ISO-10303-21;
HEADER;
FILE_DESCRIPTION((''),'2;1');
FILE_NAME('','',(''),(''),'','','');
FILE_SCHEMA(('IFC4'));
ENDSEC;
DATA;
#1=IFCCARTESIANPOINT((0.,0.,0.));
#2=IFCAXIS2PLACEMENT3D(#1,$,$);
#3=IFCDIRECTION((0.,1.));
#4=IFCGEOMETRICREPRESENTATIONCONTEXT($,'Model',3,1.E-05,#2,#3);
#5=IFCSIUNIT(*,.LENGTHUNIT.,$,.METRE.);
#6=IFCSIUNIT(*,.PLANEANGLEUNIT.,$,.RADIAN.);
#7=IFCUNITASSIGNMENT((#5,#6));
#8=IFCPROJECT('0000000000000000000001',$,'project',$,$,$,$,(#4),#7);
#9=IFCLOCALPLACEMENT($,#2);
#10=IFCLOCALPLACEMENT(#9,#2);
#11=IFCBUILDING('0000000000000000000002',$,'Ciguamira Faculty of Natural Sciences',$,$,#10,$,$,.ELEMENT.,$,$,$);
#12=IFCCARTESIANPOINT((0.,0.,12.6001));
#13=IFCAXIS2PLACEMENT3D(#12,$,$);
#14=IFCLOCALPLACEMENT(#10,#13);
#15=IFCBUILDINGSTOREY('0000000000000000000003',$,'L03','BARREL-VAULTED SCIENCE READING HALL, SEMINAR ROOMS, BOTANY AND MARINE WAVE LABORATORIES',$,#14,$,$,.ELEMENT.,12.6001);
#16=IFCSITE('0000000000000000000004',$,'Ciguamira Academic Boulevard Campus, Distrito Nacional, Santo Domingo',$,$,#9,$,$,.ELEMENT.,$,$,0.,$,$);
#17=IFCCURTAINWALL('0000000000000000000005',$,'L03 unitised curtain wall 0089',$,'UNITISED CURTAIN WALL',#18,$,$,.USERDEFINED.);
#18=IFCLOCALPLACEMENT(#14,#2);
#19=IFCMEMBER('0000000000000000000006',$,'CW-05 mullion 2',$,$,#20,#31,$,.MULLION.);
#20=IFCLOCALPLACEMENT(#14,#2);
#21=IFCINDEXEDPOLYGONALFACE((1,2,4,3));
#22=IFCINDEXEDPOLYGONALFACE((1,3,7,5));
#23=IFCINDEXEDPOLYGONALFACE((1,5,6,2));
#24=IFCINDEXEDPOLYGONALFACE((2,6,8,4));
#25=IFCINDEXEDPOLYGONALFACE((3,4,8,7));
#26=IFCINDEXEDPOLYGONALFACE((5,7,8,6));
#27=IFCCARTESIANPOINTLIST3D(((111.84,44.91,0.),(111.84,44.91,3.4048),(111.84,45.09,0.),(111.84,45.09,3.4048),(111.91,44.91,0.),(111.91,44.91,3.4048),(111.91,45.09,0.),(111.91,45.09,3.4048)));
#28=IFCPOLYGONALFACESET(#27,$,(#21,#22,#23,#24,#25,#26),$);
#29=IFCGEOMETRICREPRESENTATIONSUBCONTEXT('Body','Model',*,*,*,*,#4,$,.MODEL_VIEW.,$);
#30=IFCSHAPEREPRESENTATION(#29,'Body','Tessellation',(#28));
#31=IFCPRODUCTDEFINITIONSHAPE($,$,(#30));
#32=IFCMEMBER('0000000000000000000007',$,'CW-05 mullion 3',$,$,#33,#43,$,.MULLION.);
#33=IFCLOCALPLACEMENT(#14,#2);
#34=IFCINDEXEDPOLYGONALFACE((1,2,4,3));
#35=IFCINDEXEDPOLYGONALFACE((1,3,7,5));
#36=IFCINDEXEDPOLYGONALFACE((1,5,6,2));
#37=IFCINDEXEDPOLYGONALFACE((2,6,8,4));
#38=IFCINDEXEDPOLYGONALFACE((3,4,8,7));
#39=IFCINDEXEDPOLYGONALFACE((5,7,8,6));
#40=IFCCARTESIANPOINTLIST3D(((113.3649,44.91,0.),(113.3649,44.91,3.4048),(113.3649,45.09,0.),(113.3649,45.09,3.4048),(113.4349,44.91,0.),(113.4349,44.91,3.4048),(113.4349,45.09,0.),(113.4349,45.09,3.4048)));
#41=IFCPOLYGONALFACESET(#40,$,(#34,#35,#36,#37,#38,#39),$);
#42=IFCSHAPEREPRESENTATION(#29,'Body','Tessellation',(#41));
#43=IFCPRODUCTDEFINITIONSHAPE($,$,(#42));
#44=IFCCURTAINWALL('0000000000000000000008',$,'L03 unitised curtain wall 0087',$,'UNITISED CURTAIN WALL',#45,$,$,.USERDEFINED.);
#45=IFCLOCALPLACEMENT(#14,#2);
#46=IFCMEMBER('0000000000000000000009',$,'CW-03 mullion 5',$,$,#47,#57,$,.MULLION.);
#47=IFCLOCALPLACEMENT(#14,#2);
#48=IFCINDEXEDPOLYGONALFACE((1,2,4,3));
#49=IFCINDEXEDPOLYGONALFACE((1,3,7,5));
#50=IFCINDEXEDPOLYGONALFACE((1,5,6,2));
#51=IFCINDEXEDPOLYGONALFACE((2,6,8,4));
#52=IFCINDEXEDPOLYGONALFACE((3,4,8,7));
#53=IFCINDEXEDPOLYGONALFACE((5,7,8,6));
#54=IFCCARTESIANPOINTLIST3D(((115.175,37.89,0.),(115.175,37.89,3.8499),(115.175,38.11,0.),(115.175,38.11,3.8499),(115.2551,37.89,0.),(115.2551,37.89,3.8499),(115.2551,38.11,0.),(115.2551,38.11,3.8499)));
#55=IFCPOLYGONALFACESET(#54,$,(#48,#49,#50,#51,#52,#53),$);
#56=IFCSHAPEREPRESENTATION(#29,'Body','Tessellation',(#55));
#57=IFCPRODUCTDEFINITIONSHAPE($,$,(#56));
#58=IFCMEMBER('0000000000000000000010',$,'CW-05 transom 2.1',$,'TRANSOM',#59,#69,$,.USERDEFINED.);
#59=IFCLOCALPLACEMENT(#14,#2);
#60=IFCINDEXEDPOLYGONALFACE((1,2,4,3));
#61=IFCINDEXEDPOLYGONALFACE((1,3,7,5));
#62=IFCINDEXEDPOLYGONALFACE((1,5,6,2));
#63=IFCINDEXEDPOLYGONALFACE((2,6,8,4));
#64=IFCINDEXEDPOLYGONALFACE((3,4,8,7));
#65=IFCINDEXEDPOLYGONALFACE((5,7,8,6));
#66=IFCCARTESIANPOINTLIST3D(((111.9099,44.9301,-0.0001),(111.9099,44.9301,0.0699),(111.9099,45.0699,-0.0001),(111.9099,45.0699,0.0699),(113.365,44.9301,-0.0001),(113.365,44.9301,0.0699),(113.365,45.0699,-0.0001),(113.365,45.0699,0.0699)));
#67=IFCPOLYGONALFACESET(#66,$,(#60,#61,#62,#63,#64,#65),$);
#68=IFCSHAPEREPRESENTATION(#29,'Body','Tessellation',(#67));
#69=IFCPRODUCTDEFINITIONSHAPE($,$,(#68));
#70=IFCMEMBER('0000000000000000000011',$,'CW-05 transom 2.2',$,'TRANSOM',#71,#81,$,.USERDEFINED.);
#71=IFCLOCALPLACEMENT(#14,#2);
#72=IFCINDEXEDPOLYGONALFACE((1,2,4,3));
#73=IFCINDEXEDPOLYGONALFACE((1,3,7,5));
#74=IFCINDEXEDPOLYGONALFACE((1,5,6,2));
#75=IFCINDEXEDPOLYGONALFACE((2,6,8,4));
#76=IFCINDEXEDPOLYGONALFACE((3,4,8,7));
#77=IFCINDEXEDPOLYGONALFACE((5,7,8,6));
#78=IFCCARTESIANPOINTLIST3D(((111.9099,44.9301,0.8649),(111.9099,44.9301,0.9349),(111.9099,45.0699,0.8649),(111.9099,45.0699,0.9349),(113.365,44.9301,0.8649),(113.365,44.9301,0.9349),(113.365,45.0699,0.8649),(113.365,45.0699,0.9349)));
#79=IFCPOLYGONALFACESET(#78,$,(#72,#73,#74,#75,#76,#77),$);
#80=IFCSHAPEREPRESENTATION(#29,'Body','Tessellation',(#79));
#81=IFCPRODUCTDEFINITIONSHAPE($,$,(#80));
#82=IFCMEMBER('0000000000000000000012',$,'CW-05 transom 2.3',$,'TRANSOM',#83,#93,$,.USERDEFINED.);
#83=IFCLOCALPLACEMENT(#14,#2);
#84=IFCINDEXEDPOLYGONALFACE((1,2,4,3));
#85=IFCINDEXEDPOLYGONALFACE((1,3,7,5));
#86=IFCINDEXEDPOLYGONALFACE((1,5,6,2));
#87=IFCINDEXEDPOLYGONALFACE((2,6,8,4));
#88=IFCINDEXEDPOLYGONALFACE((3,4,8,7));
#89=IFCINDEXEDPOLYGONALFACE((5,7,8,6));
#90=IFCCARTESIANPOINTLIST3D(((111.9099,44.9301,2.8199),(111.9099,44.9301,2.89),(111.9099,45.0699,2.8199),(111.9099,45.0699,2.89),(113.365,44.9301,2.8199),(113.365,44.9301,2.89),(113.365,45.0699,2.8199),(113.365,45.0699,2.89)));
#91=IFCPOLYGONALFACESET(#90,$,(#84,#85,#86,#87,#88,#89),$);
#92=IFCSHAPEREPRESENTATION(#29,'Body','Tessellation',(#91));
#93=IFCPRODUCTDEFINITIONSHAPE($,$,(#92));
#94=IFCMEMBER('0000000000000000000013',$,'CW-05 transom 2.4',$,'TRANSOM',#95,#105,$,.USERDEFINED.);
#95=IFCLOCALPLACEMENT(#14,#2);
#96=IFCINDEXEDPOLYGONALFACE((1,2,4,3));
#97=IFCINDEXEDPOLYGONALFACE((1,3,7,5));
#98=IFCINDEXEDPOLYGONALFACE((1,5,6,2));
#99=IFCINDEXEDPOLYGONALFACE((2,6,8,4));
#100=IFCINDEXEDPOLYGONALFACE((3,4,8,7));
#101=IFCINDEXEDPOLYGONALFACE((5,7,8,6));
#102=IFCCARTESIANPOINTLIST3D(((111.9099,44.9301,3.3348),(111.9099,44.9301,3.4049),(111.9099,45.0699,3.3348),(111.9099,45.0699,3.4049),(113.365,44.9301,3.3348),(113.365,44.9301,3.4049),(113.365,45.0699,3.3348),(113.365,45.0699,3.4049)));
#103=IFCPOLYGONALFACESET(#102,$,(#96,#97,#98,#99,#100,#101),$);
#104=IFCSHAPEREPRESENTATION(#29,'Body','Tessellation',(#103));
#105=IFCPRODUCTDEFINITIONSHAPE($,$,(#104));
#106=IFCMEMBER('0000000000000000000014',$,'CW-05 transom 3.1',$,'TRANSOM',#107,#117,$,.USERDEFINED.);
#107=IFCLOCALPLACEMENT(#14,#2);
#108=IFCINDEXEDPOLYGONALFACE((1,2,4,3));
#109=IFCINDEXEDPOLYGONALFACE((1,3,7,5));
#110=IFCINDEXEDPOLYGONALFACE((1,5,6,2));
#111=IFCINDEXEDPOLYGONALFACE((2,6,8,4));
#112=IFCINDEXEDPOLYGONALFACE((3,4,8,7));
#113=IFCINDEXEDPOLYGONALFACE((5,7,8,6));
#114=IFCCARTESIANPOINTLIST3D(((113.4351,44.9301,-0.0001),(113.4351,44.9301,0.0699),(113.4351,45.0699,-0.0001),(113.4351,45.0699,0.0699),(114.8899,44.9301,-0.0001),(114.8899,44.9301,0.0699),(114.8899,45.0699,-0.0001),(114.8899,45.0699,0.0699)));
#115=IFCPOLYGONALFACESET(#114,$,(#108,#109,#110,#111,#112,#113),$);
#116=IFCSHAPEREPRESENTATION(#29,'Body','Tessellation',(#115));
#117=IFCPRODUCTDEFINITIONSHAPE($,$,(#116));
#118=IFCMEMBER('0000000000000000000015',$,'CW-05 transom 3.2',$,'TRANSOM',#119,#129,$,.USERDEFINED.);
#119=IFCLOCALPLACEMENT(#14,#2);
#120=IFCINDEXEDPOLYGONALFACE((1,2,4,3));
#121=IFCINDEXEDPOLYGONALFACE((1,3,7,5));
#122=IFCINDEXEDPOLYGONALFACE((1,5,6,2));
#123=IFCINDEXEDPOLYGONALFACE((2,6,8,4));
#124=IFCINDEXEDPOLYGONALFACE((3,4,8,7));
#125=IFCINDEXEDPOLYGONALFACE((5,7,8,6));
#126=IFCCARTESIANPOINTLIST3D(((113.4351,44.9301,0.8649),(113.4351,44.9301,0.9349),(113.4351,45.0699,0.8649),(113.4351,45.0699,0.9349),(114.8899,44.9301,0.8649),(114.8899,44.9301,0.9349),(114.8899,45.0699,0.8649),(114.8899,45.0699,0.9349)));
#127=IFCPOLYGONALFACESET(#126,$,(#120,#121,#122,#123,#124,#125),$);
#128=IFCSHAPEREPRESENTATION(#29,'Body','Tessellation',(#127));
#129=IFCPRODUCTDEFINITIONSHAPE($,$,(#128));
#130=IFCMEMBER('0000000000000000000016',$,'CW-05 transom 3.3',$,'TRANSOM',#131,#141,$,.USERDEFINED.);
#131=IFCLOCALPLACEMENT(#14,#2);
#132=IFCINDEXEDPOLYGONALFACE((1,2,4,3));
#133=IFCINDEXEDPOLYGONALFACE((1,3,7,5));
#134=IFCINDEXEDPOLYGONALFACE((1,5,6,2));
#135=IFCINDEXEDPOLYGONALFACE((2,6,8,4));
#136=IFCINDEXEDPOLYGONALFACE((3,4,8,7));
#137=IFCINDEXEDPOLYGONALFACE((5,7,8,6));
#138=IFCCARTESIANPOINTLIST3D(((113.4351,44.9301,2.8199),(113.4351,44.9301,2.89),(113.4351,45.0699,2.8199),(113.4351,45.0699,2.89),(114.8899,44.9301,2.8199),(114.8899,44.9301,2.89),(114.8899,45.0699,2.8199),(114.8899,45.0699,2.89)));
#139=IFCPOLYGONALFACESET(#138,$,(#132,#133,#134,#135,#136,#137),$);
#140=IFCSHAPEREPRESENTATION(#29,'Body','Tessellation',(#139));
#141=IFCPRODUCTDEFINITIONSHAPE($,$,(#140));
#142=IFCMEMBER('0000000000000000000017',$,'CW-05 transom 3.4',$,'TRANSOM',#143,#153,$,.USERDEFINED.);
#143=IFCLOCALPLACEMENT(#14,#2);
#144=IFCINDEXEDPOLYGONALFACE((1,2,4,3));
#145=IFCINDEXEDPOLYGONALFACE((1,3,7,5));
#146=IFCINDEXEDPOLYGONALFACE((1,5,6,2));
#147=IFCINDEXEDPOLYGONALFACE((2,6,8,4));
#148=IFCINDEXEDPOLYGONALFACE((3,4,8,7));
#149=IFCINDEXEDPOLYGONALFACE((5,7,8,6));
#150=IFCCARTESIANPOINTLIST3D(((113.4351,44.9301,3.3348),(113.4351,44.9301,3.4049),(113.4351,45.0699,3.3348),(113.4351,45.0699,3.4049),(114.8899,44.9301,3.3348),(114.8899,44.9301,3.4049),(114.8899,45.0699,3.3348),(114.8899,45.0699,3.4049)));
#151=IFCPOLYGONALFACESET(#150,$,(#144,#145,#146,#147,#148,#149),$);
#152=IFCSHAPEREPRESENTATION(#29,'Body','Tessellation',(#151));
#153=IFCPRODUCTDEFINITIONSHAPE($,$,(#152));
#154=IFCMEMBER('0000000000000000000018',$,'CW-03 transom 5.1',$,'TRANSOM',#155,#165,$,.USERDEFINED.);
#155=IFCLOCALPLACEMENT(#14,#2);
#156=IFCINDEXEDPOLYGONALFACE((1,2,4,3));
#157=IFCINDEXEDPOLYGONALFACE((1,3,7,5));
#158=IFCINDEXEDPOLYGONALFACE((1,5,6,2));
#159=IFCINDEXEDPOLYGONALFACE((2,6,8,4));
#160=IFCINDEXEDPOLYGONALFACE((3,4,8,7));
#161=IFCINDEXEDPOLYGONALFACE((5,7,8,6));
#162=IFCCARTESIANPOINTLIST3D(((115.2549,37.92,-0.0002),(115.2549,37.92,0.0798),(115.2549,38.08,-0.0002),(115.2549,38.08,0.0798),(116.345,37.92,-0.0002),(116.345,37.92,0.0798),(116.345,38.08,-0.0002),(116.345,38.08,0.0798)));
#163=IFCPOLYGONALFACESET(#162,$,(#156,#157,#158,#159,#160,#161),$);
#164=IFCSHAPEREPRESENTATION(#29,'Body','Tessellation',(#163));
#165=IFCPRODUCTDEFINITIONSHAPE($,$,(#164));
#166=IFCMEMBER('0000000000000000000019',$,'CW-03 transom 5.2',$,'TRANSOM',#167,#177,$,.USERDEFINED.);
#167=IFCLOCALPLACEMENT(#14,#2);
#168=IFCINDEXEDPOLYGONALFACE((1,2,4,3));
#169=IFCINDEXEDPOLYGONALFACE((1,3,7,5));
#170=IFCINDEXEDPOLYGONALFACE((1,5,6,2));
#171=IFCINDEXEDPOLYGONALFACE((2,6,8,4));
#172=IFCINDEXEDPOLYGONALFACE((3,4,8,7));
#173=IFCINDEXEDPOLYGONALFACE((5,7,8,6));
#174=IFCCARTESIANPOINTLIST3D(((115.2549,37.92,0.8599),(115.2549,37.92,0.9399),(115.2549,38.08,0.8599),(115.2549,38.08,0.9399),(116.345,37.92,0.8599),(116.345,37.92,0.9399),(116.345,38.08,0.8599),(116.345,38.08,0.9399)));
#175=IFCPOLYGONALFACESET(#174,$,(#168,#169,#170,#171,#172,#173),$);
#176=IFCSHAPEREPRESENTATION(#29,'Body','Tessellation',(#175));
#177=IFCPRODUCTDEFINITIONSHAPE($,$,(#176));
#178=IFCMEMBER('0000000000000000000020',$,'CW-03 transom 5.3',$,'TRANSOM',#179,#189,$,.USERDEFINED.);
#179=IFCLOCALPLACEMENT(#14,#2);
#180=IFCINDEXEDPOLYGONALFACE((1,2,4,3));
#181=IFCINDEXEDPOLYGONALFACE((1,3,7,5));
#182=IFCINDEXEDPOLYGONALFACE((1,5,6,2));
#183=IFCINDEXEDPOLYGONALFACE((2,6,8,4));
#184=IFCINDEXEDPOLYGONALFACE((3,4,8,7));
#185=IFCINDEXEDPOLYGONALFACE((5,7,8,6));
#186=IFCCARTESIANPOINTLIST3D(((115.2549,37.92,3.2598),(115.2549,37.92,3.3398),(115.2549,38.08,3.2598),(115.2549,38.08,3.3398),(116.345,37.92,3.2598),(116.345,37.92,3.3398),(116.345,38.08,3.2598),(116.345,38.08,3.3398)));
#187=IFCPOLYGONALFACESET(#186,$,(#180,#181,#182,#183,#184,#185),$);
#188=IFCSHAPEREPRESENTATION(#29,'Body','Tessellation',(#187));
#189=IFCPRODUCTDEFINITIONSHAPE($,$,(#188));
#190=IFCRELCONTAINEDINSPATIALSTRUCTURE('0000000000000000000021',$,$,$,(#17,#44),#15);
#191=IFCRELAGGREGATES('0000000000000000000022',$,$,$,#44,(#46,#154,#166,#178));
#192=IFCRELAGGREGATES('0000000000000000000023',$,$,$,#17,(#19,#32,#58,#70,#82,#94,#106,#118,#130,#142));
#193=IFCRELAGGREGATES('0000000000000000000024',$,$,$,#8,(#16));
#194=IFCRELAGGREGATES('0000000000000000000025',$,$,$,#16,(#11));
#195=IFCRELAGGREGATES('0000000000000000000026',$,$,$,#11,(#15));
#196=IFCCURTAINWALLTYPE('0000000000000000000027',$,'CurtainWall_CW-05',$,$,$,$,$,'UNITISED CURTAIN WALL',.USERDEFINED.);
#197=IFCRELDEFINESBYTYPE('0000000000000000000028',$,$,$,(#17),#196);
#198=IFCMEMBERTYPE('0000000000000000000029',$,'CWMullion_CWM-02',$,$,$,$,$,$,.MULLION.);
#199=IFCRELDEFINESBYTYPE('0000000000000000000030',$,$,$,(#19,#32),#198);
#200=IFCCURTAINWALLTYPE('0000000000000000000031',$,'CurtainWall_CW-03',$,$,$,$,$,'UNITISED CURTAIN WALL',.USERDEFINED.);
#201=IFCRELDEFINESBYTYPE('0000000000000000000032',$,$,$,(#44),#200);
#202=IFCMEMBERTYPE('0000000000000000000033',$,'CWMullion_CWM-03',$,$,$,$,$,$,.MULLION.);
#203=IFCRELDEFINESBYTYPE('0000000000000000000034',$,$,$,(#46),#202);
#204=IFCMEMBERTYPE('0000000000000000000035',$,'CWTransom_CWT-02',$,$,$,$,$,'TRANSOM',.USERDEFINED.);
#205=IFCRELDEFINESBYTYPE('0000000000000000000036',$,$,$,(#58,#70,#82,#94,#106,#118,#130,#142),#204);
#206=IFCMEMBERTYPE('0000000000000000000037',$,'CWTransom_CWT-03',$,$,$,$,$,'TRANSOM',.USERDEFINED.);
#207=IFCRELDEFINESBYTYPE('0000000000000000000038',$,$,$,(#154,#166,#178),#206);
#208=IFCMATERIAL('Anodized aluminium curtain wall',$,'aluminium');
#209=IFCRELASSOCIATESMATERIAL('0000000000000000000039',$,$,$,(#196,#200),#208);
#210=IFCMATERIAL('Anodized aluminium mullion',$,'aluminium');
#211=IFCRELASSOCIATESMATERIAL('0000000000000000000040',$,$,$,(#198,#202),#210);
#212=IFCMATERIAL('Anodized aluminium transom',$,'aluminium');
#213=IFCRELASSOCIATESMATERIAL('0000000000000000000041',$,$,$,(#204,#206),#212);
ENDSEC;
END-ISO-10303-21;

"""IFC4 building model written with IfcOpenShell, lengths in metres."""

from ifc_helpers import new_model, si_unit, direction, frame, origin, origin_2d, place, context, subcontext, project, spatial, rectangle, extrude, material, material_profile, profile_set, type_object, element, aggregate, save


model = new_model("IFC4")

# Units and contexts
model_context = context("Model", 3, precision=1e-05, world=origin(), true_north=direction((0.0, 1.0)))
body_context = subcontext(model_context, "Body", "Model", "MODEL_VIEW")
ifc_project = project(units=[si_unit("LENGTHUNIT", "METRE"), si_unit("PLANEANGLEUNIT", "RADIAN")], contexts=[model_context])

# Site, building, storey
site_placement = place(None, origin())
site = spatial("IfcSite", under=ifc_project, at=site_placement, Name="Ciguamira Academic Boulevard Campus, Distrito Nacional, Santo Domingo", CompositionType="ELEMENT", RefElevation=0.0)
building_placement = place(site_placement, origin())
building = spatial("IfcBuilding", under=site, at=building_placement, Name="Ciguamira Faculty of Natural Sciences", CompositionType="ELEMENT")
storey_placement = place(building_placement, frame((0.0, 0.0, 12.6001)))
storey = spatial("IfcBuildingStorey", under=building, at=storey_placement, Name="L03", Description="BARREL-VAULTED SCIENCE READING HALL, SEMINAR ROOMS, BOTANY AND MARINE WAVE LABORATORIES", CompositionType="ELEMENT", Elevation=12.6001)

# Curtain wall, members
ifc_material_1 = material(Name="Anodized aluminium curtain wall", Category="aluminium")
curtain_wall_type_1 = type_object("IfcCurtainWallType", Name="CurtainWall_CW-05", ElementType="UNITISED CURTAIN WALL", PredefinedType="USERDEFINED", material=ifc_material_1)
curtain_wall_1_placement = place(storey_placement, origin())
curtain_wall_1 = element("IfcCurtainWall", 1, at=curtain_wall_1_placement, inside=storey, type_object=curtain_wall_type_1, Name="L03 unitised curtain wall 0089", ObjectType="UNITISED CURTAIN WALL", PredefinedType="USERDEFINED")
ifc_material_2 = material(Name="Anodized aluminium mullion", Category="aluminium")
ifc_material_profile_1 = material_profile(ifc_material_2, rectangle(XDim=0.0701, YDim=0.1799, at=origin_2d()), Name="ALU-MUL-70X180")
ifc_profile_set_1 = profile_set([ifc_material_profile_1], Name="Anodized aluminium mullion")
member_type_1 = type_object("IfcMemberType", Name="CWMullion_CWM-02", PredefinedType="MULLION", material=ifc_profile_set_1)
member_1_placement = place(storey_placement, frame((111.875, 45.0, 0.0), z_axis=(0.0, 0.0, 1.0), x_axis=(1.0, 0.0, 0.0)))
member_1 = element("IfcMember", 2, at=member_1_placement, type_object=member_type_1, Name="CW-05 mullion 2", PredefinedType="MULLION", context=body_context, shape_type="SweptSolid", body=[
    extrude(rectangle(XDim=0.0701, YDim=0.1799, at=origin_2d()), origin(), (0.0, 0.0, 1.0), 3.4048),
])
member_2_placement = place(storey_placement, frame((113.3999, 45.0, 0.0), z_axis=(0.0, 0.0, 1.0), x_axis=(1.0, 0.0, 0.0)))
member_2 = element("IfcMember", 3, at=member_2_placement, type_object=member_type_1, Name="CW-05 mullion 3", PredefinedType="MULLION", context=body_context, shape_type="SweptSolid", body=[
    extrude(rectangle(XDim=0.0701, YDim=0.1799, at=origin_2d()), origin(), (0.0, 0.0, 1.0), 3.4048),
])

# Curtain wall, member
curtain_wall_type_2 = type_object("IfcCurtainWallType", Name="CurtainWall_CW-03", ElementType="UNITISED CURTAIN WALL", PredefinedType="USERDEFINED", material=ifc_material_1)
curtain_wall_2_placement = place(storey_placement, origin())
curtain_wall_2 = element("IfcCurtainWall", 4, at=curtain_wall_2_placement, inside=storey, type_object=curtain_wall_type_2, Name="L03 unitised curtain wall 0087", ObjectType="UNITISED CURTAIN WALL", PredefinedType="USERDEFINED")
ifc_material_profile_2 = material_profile(ifc_material_2, rectangle(XDim=0.0801, YDim=0.22, at=origin_2d()), Name="ALU-MUL-80X220")
ifc_profile_set_2 = profile_set([ifc_material_profile_2], Name="Anodized aluminium mullion")
member_type_2 = type_object("IfcMemberType", Name="CWMullion_CWM-03", PredefinedType="MULLION", material=ifc_profile_set_2)
member_3_placement = place(storey_placement, frame((115.2151, 38.0, 0.0), z_axis=(0.0, 0.0, 1.0), x_axis=(1.0, 0.0, 0.0)))
member_3 = element("IfcMember", 5, at=member_3_placement, type_object=member_type_2, Name="CW-03 mullion 5", PredefinedType="MULLION", context=body_context, shape_type="SweptSolid", body=[
    extrude(rectangle(XDim=0.0801, YDim=0.22, at=origin_2d()), origin(), (0.0, 0.0, 1.0), 3.8499),
])

# Members
ifc_material_3 = material(Name="Anodized aluminium transom", Category="aluminium")
ifc_material_profile_3 = material_profile(ifc_material_3, rectangle(XDim=0.0701, YDim=0.1399, at=origin_2d()), Name="ALU-TRN-70X140")
ifc_profile_set_3 = profile_set([ifc_material_profile_3], Name="Anodized aluminium transom")
member_type_3 = type_object("IfcMemberType", Name="CWTransom_CWT-02", ElementType="TRANSOM", PredefinedType="USERDEFINED", material=ifc_profile_set_3)
member_4_placement = place(storey_placement, frame((111.9099, 45.0, 0.0349), z_axis=(1.0, 0.0, 0.0), x_axis=(0.0, 0.0, 1.0)))
member_4 = element("IfcMember", 6, at=member_4_placement, type_object=member_type_3, Name="CW-05 transom 2.1", ObjectType="TRANSOM", PredefinedType="USERDEFINED", context=body_context, shape_type="SweptSolid", body=[
    extrude(rectangle(XDim=0.0701, YDim=0.1399, at=origin_2d()), origin(), (0.0, 0.0, 1.0), 1.4551),
])
member_5_placement = place(storey_placement, frame((111.9099, 45.0, 0.8999), z_axis=(1.0, 0.0, 0.0), x_axis=(0.0, 0.0, 1.0)))
member_5 = element("IfcMember", 7, at=member_5_placement, type_object=member_type_3, Name="CW-05 transom 2.2", ObjectType="TRANSOM", PredefinedType="USERDEFINED", context=body_context, shape_type="SweptSolid", body=[
    extrude(rectangle(XDim=0.0701, YDim=0.1399, at=origin_2d()), origin(), (0.0, 0.0, 1.0), 1.4551),
])
member_6_placement = place(storey_placement, frame((111.9099, 45.0, 2.855), z_axis=(1.0, 0.0, 0.0), x_axis=(0.0, 0.0, 1.0)))
member_6 = element("IfcMember", 8, at=member_6_placement, type_object=member_type_3, Name="CW-05 transom 2.3", ObjectType="TRANSOM", PredefinedType="USERDEFINED", context=body_context, shape_type="SweptSolid", body=[
    extrude(rectangle(XDim=0.0701, YDim=0.1399, at=origin_2d()), origin(), (0.0, 0.0, 1.0), 1.4551),
])
member_7_placement = place(storey_placement, frame((111.9099, 45.0, 3.3699), z_axis=(1.0, 0.0, 0.0), x_axis=(0.0, 0.0, 1.0)))
member_7 = element("IfcMember", 9, at=member_7_placement, type_object=member_type_3, Name="CW-05 transom 2.4", ObjectType="TRANSOM", PredefinedType="USERDEFINED", context=body_context, shape_type="SweptSolid", body=[
    extrude(rectangle(XDim=0.0701, YDim=0.1399, at=origin_2d()), origin(), (0.0, 0.0, 1.0), 1.4551),
])
member_8_placement = place(storey_placement, frame((113.4351, 45.0, 0.0349), z_axis=(1.0, 0.0, 0.0), x_axis=(0.0, 0.0, 1.0)))
member_8 = element("IfcMember", 10, at=member_8_placement, type_object=member_type_3, Name="CW-05 transom 3.1", ObjectType="TRANSOM", PredefinedType="USERDEFINED", context=body_context, shape_type="SweptSolid", body=[
    extrude(rectangle(XDim=0.0701, YDim=0.1399, at=origin_2d()), origin(), (0.0, 0.0, 1.0), 1.4548),
])
member_9_placement = place(storey_placement, frame((113.4351, 45.0, 0.8999), z_axis=(1.0, 0.0, 0.0), x_axis=(0.0, 0.0, 1.0)))
member_9 = element("IfcMember", 11, at=member_9_placement, type_object=member_type_3, Name="CW-05 transom 3.2", ObjectType="TRANSOM", PredefinedType="USERDEFINED", context=body_context, shape_type="SweptSolid", body=[
    extrude(rectangle(XDim=0.0701, YDim=0.1399, at=origin_2d()), origin(), (0.0, 0.0, 1.0), 1.4548),
])
member_10_placement = place(storey_placement, frame((113.4351, 45.0, 2.855), z_axis=(1.0, 0.0, 0.0), x_axis=(0.0, 0.0, 1.0)))
member_10 = element("IfcMember", 12, at=member_10_placement, type_object=member_type_3, Name="CW-05 transom 3.3", ObjectType="TRANSOM", PredefinedType="USERDEFINED", context=body_context, shape_type="SweptSolid", body=[
    extrude(rectangle(XDim=0.0701, YDim=0.1399, at=origin_2d()), origin(), (0.0, 0.0, 1.0), 1.4548),
])
member_11_placement = place(storey_placement, frame((113.4351, 45.0, 3.3699), z_axis=(1.0, 0.0, 0.0), x_axis=(0.0, 0.0, 1.0)))
member_11 = element("IfcMember", 13, at=member_11_placement, type_object=member_type_3, Name="CW-05 transom 3.4", ObjectType="TRANSOM", PredefinedType="USERDEFINED", context=body_context, shape_type="SweptSolid", body=[
    extrude(rectangle(XDim=0.0701, YDim=0.1399, at=origin_2d()), origin(), (0.0, 0.0, 1.0), 1.4548),
])
ifc_material_profile_4 = material_profile(ifc_material_3, rectangle(XDim=0.0801, YDim=0.1599, at=origin_2d()), Name="ALU-TRN-80X160")
ifc_profile_set_4 = profile_set([ifc_material_profile_4], Name="Anodized aluminium transom")
member_type_4 = type_object("IfcMemberType", Name="CWTransom_CWT-03", ElementType="TRANSOM", PredefinedType="USERDEFINED", material=ifc_profile_set_4)
member_12_placement = place(storey_placement, frame((115.2549, 38.0, 0.0398), z_axis=(1.0, 0.0, 0.0), x_axis=(0.0, 0.0, 1.0)))
member_12 = element("IfcMember", 14, at=member_12_placement, type_object=member_type_4, Name="CW-03 transom 5.1", ObjectType="TRANSOM", PredefinedType="USERDEFINED", context=body_context, shape_type="SweptSolid", body=[
    extrude(rectangle(XDim=0.0801, YDim=0.1599, at=origin_2d()), origin(), (0.0, 0.0, 1.0), 1.0901),
])
member_13_placement = place(storey_placement, frame((115.2549, 38.0, 0.8999), z_axis=(1.0, 0.0, 0.0), x_axis=(0.0, 0.0, 1.0)))
member_13 = element("IfcMember", 15, at=member_13_placement, type_object=member_type_4, Name="CW-03 transom 5.2", ObjectType="TRANSOM", PredefinedType="USERDEFINED", context=body_context, shape_type="SweptSolid", body=[
    extrude(rectangle(XDim=0.0801, YDim=0.1599, at=origin_2d()), origin(), (0.0, 0.0, 1.0), 1.0901),
])
member_14_placement = place(storey_placement, frame((115.2549, 38.0, 3.2998), z_axis=(1.0, 0.0, 0.0), x_axis=(0.0, 0.0, 1.0)))
member_14 = element("IfcMember", 16, at=member_14_placement, type_object=member_type_4, Name="CW-03 transom 5.3", ObjectType="TRANSOM", PredefinedType="USERDEFINED", context=body_context, shape_type="SweptSolid", body=[
    extrude(rectangle(XDim=0.0801, YDim=0.1599, at=origin_2d()), origin(), (0.0, 0.0, 1.0), 1.0901),
])

aggregate(curtain_wall_2, [member_3, member_12, member_13, member_14])
aggregate(curtain_wall_1, [member_1, member_2, member_4, member_5, member_6, member_7, member_8, member_9, member_10, member_11])

save(model, "model.ifc")
